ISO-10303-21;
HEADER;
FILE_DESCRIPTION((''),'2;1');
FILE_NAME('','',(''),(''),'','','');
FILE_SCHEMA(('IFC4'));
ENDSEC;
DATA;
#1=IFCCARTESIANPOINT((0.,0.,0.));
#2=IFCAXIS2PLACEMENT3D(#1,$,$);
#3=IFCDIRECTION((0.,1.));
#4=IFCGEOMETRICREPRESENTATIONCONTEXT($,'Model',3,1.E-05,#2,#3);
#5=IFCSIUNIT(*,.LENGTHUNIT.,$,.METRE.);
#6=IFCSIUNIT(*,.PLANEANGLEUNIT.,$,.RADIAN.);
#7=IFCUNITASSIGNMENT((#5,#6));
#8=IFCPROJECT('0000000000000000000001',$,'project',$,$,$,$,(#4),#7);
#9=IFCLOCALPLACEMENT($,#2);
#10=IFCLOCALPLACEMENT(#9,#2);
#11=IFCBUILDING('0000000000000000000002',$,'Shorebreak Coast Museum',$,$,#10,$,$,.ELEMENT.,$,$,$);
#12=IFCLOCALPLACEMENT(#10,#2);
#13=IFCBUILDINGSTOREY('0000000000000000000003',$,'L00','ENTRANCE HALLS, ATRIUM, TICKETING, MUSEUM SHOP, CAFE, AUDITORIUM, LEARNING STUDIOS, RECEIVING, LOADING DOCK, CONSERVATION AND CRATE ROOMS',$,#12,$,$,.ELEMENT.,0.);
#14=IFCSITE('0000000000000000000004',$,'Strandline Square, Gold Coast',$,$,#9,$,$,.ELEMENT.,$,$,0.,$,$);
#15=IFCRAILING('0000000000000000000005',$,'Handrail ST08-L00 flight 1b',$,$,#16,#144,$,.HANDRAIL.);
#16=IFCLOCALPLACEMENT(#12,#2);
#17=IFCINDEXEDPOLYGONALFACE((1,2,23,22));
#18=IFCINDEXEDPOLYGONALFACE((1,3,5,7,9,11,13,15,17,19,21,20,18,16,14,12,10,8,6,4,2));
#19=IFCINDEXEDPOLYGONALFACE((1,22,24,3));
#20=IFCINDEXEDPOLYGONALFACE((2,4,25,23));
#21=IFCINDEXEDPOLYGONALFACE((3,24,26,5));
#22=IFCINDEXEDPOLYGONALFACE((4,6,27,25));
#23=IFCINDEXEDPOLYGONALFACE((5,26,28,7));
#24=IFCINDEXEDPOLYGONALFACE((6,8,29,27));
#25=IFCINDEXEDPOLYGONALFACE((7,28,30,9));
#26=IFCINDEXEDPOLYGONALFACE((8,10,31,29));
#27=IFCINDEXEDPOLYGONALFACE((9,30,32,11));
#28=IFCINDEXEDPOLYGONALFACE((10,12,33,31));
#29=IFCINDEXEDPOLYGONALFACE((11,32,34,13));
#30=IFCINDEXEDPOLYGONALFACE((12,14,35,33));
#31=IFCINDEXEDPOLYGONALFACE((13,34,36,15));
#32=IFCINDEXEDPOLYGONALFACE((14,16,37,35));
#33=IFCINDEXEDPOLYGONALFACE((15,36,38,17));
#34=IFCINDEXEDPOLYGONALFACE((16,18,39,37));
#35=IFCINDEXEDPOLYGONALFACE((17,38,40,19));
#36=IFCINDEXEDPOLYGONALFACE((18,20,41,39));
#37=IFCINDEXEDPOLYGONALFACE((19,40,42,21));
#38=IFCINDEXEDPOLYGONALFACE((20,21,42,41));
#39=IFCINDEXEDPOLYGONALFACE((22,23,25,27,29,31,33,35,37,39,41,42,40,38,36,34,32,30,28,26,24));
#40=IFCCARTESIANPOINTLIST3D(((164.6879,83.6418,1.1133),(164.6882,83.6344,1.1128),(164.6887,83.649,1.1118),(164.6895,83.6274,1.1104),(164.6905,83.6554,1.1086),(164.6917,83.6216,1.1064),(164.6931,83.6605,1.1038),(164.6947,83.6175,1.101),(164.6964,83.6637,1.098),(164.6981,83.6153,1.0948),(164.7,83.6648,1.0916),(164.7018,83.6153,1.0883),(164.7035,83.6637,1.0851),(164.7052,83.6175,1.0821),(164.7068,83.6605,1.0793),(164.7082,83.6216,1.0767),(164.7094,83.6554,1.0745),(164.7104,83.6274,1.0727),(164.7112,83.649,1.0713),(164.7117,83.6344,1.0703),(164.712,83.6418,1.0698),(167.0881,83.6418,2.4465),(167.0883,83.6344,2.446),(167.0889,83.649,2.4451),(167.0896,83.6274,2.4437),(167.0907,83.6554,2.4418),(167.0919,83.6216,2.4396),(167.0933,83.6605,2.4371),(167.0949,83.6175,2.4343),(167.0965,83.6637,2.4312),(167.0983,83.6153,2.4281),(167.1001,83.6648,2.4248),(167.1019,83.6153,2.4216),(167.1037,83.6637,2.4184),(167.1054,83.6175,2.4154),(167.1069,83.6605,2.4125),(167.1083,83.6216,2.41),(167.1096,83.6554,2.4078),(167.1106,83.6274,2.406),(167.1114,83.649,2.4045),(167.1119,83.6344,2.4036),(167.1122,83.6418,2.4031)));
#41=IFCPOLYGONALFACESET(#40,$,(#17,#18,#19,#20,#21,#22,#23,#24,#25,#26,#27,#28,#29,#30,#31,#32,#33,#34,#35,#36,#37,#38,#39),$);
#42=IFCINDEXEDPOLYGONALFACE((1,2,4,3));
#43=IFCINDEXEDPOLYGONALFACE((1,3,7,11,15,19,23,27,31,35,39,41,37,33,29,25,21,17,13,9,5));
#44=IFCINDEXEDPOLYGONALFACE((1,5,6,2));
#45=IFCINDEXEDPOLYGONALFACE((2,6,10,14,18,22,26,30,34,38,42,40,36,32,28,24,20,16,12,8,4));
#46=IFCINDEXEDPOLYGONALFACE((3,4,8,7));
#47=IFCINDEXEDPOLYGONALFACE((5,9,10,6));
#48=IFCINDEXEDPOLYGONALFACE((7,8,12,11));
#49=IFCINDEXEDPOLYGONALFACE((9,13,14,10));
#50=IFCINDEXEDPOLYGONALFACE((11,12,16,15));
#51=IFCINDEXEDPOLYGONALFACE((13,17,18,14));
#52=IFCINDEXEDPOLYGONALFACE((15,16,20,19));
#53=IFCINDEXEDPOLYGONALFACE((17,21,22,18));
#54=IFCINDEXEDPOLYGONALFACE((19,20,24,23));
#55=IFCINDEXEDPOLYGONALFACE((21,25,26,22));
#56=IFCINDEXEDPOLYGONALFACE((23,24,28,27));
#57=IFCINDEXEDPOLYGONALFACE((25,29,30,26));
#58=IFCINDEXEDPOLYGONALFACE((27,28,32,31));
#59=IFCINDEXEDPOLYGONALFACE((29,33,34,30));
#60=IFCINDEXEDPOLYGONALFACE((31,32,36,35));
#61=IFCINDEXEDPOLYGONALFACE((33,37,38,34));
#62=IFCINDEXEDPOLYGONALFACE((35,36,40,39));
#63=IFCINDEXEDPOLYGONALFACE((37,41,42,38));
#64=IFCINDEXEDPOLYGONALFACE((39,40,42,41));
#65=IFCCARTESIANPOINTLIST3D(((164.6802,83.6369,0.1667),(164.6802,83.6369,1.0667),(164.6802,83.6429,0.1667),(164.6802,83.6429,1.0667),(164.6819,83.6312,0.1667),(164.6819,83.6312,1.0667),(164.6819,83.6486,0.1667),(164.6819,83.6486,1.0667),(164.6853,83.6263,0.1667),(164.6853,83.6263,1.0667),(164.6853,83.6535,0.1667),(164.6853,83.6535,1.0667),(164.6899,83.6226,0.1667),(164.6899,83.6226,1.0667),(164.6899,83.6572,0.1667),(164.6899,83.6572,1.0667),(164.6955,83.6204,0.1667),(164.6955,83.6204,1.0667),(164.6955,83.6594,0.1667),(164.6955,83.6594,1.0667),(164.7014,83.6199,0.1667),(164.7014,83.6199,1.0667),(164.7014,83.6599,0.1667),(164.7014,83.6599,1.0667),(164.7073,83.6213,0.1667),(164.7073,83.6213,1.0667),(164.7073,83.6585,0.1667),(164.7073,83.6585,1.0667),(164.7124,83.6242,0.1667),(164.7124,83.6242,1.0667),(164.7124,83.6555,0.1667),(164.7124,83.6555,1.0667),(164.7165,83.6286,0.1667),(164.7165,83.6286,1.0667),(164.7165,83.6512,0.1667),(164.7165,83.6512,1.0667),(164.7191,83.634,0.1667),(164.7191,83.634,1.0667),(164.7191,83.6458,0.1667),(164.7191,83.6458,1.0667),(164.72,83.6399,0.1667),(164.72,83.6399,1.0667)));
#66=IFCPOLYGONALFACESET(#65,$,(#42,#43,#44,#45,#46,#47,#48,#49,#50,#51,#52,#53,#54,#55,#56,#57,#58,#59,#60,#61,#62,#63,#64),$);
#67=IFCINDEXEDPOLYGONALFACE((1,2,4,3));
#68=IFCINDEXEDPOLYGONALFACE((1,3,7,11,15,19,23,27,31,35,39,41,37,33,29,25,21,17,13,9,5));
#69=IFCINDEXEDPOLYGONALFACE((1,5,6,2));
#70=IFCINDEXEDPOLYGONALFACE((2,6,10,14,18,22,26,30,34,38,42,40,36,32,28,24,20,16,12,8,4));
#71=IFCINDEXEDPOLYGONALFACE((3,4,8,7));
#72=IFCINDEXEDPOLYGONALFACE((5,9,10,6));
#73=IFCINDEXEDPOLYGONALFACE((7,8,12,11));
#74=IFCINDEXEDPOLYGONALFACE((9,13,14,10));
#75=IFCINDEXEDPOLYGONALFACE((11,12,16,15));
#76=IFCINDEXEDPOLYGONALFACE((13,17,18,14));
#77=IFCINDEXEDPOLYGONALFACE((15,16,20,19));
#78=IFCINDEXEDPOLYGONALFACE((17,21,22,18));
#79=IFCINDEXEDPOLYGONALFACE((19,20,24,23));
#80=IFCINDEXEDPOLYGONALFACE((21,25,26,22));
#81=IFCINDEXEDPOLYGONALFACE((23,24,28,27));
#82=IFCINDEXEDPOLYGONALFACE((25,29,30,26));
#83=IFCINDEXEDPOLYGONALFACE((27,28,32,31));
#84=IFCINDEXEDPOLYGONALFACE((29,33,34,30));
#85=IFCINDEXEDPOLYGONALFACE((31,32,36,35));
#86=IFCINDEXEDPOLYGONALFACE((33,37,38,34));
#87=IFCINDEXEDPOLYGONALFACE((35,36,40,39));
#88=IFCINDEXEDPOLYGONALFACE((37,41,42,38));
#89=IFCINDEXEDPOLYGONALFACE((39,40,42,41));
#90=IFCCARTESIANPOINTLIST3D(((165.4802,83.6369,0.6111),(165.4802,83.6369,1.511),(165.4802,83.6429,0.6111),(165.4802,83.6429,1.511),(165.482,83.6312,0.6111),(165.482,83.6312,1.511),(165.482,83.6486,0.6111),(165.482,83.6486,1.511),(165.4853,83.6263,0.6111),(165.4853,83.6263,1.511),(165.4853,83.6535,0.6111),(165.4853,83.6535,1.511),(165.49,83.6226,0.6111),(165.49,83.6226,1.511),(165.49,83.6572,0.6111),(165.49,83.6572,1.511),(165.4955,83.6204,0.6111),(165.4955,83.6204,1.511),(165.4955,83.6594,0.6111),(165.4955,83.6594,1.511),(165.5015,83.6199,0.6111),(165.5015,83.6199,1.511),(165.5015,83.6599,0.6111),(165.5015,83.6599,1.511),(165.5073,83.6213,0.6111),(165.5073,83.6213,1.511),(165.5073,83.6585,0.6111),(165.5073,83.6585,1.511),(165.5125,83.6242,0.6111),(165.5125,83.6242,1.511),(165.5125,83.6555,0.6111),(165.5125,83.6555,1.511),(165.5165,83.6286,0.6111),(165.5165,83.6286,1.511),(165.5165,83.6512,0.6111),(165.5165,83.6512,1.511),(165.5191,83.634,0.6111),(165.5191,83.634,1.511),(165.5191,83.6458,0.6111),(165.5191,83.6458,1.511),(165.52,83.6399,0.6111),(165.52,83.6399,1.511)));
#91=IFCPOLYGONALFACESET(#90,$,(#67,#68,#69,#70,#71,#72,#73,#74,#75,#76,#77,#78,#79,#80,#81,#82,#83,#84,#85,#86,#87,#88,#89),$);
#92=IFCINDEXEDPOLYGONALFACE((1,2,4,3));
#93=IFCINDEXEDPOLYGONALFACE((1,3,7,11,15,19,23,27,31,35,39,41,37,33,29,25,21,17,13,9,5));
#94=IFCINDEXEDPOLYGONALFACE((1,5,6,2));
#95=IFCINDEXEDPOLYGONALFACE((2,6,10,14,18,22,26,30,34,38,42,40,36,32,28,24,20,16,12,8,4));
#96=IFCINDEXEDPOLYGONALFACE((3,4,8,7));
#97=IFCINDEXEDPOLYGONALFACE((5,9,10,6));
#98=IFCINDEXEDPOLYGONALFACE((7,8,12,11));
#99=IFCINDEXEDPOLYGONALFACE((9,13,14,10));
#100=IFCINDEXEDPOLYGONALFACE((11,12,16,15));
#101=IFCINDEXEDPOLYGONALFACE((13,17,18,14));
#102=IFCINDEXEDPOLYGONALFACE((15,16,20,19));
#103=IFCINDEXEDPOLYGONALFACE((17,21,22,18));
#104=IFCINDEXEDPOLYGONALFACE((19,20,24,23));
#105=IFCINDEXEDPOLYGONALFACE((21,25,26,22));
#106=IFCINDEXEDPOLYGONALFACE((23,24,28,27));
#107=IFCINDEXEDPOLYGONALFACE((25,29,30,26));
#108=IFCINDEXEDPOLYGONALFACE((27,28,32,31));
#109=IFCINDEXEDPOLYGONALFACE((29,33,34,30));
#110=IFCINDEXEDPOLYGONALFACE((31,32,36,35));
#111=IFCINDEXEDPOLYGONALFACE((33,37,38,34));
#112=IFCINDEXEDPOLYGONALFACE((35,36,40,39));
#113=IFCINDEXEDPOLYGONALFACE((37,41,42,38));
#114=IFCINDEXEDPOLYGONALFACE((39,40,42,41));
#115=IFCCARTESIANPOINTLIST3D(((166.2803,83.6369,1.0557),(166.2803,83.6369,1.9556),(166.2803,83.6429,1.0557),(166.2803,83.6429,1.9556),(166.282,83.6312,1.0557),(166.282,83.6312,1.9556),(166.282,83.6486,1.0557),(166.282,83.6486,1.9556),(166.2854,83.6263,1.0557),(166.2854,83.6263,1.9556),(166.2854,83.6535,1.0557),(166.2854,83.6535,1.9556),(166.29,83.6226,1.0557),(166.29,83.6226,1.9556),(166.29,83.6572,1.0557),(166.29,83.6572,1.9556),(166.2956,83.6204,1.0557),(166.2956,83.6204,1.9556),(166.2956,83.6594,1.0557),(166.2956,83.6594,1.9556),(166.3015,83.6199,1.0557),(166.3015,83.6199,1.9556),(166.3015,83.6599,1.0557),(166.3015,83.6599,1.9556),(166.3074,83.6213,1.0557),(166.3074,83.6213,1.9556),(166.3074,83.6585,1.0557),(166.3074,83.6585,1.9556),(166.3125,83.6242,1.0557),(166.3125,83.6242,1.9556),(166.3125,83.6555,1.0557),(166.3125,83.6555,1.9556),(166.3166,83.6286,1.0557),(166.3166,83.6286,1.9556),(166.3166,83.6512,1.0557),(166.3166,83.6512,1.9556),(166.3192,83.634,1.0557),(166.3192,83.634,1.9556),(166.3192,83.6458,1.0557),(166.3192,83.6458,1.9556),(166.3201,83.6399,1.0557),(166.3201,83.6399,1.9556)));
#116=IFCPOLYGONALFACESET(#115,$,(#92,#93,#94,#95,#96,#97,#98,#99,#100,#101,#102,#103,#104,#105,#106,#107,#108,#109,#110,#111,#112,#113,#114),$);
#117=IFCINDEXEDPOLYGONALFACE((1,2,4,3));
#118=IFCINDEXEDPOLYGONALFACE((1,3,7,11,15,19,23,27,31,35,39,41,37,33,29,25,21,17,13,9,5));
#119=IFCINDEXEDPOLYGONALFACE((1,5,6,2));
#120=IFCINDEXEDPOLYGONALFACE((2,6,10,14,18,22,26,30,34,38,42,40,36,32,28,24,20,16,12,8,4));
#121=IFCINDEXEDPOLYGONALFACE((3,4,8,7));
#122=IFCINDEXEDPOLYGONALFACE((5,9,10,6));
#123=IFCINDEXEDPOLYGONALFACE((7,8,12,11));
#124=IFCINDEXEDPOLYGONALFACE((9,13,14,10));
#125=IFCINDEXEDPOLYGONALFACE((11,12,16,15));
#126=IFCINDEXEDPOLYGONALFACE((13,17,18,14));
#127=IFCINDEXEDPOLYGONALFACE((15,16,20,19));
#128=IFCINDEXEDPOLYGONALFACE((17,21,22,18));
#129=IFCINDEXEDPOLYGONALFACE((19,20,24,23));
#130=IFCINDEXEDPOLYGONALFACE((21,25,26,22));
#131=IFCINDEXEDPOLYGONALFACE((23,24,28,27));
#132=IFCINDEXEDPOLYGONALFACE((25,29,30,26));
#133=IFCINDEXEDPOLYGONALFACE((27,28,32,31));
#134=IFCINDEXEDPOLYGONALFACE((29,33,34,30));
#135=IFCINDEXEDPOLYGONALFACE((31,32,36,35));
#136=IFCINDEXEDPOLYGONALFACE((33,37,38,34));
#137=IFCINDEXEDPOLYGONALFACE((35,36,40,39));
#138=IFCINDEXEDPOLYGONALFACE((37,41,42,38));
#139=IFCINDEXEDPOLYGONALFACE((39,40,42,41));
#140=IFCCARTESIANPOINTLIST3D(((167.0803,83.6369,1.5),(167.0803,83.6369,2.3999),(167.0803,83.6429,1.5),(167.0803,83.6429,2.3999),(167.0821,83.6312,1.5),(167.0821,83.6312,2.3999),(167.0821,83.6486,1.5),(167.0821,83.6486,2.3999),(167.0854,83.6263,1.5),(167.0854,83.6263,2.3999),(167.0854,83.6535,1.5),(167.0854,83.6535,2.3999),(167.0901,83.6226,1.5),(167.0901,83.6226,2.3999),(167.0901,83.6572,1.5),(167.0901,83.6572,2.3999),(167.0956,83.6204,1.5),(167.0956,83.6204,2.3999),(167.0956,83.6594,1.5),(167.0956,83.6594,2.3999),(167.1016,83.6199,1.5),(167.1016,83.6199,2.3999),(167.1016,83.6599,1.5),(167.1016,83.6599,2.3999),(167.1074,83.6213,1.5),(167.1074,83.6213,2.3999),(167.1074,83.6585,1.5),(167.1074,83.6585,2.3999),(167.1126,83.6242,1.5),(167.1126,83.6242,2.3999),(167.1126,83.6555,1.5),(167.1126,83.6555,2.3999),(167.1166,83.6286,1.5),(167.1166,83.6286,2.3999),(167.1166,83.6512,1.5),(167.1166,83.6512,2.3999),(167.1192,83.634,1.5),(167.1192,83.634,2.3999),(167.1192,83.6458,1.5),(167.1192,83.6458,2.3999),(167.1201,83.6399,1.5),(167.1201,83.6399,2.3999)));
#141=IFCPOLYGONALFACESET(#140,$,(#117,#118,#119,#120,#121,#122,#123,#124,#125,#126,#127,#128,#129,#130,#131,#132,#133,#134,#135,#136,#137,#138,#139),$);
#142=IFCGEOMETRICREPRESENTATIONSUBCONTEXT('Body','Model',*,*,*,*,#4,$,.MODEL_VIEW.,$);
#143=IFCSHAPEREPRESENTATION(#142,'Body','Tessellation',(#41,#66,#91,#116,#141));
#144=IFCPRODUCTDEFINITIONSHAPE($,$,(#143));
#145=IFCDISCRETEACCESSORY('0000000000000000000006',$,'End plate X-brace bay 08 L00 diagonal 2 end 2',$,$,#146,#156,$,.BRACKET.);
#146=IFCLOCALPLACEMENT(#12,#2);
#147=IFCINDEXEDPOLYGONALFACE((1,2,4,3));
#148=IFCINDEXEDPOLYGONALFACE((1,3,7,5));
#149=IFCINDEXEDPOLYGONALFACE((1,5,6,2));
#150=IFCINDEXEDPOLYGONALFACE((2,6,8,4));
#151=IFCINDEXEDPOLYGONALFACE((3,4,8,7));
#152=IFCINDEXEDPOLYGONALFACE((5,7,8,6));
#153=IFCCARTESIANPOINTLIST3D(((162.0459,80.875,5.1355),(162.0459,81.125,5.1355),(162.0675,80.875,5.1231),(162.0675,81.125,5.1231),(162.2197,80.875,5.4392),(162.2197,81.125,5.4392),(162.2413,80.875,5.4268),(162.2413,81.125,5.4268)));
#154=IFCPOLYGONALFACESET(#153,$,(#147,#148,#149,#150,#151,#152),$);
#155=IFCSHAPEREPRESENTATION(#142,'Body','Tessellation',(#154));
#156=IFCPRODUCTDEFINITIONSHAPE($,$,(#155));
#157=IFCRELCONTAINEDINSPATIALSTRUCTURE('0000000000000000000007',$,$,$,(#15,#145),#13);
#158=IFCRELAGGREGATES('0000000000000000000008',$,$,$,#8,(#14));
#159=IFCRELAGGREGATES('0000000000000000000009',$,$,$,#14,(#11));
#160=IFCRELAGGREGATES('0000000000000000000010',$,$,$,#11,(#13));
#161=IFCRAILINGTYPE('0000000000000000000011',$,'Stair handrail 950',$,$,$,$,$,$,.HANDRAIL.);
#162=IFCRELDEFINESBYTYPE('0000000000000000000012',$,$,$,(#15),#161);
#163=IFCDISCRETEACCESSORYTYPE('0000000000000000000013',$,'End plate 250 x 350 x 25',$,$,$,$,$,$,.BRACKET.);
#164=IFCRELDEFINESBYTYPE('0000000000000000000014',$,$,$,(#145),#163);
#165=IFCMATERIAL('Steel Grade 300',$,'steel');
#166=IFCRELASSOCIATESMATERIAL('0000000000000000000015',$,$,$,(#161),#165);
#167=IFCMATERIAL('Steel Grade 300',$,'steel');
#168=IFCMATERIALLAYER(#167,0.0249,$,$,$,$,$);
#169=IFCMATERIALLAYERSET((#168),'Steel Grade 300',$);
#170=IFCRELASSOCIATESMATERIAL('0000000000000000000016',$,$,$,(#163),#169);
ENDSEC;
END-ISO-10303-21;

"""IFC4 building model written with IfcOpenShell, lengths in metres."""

from ifc_helpers import new_model, si_unit, direction, frame, origin, origin_2d, place, context, subcontext, project, spatial, polyline, circle, outline, extrude, material, layer, layer_set, type_object, element, save


model = new_model("IFC4")

# Units and contexts
model_context = context("Model", 3, precision=1e-05, world=origin(), true_north=direction((0.0, 1.0)))
body_context = subcontext(model_context, "Body", "Model", "MODEL_VIEW")
ifc_project = project(units=[si_unit("LENGTHUNIT", "METRE"), si_unit("PLANEANGLEUNIT", "RADIAN")], contexts=[model_context])

# Site, building, storey
site_placement = place(None, origin())
site = spatial("IfcSite", under=ifc_project, at=site_placement, Name="Strandline Square, Gold Coast", CompositionType="ELEMENT", RefElevation=0.0)
building_placement = place(site_placement, origin())
building = spatial("IfcBuilding", under=site, at=building_placement, Name="Shorebreak Coast Museum", CompositionType="ELEMENT")
storey_placement = place(building_placement, origin())
storey = spatial("IfcBuildingStorey", under=building, at=storey_placement, Name="L00", Description="ENTRANCE HALLS, ATRIUM, TICKETING, MUSEUM SHOP, CAFE, AUDITORIUM, LEARNING STUDIOS, RECEIVING, LOADING DOCK, CONSERVATION AND CRATE ROOMS", CompositionType="ELEMENT", Elevation=0.0)

# Railing
ifc_material_1 = material(Name="Steel Grade 300", Category="steel")
railing_type_1 = type_object("IfcRailingType", Name="Stair handrail 950", PredefinedType="HANDRAIL", material=ifc_material_1)
for number, where, name in (
    (1, (164.7, 83.6399, 0.1667), "Handrail ST08-L00 flight 1b"),
):
    element("IfcRailing", number, at=place(storey_placement, frame(where)), inside=storey, type_object=railing_type_1, Name=name, PredefinedType="HANDRAIL", context=body_context, shape_type="SweptSolid", body=[
        extrude(circle(Radius=0.0249, at=origin_2d()), frame((0.0, 0.0, 0.9248), z_axis=(0.874182, 0.0, 0.485598), x_axis=(0.0, 1.0, 0.0)), (0.0, 0.0, 1.0), 2.7456),
        extrude(circle(Radius=0.02, at=origin_2d()), origin(), (0.0, 0.0, 1.0), 0.8999),
        extrude(circle(Radius=0.02, at=origin_2d()), frame((0.8, 0.0, 0.4443)), (0.0, 0.0, 1.0), 0.8999),
        extrude(circle(Radius=0.02, at=origin_2d()), frame((1.6001, 0.0, 0.8889)), (0.0, 0.0, 1.0), 0.8999),
        extrude(circle(Radius=0.02, at=origin_2d()), frame((2.4001, 0.0, 1.3333)), (0.0, 0.0, 1.0), 0.8999),
    ])

# Discrete accessory
ifc_material_2 = material(Name="Steel Grade 300", Category="steel")
ifc_layer_1 = layer(ifc_material_2, 0.0249)
ifc_layer_set_1 = layer_set([ifc_layer_1], Name="Steel Grade 300")
discrete_accessory_type = type_object("IfcDiscreteAccessoryType", Name="End plate 250 x 350 x 25", PredefinedType="BRACKET", material=ifc_layer_set_1)
discrete_accessory_placement = place(storey_placement, frame((162.0459, 81.125, 5.1355), z_axis=(-0.867899, 0.0, 0.49674), x_axis=(0.0, -1.0, 0.0)))
element("IfcDiscreteAccessory", 2, at=discrete_accessory_placement, inside=storey, type_object=discrete_accessory_type, Name="End plate X-brace bay 08 L00 diagonal 2 end 2", PredefinedType="BRACKET", context=body_context, shape_type="SweptSolid", body=[
    extrude(outline(polyline([(0.0, 0.0), (0.25, 0.0), (0.25, 0.3499), (0.0, 0.3499), (0.0, 0.0)])), origin(), (0.0, 0.0, -1.0), 0.0249),
])

save(model, "model.ifc")
